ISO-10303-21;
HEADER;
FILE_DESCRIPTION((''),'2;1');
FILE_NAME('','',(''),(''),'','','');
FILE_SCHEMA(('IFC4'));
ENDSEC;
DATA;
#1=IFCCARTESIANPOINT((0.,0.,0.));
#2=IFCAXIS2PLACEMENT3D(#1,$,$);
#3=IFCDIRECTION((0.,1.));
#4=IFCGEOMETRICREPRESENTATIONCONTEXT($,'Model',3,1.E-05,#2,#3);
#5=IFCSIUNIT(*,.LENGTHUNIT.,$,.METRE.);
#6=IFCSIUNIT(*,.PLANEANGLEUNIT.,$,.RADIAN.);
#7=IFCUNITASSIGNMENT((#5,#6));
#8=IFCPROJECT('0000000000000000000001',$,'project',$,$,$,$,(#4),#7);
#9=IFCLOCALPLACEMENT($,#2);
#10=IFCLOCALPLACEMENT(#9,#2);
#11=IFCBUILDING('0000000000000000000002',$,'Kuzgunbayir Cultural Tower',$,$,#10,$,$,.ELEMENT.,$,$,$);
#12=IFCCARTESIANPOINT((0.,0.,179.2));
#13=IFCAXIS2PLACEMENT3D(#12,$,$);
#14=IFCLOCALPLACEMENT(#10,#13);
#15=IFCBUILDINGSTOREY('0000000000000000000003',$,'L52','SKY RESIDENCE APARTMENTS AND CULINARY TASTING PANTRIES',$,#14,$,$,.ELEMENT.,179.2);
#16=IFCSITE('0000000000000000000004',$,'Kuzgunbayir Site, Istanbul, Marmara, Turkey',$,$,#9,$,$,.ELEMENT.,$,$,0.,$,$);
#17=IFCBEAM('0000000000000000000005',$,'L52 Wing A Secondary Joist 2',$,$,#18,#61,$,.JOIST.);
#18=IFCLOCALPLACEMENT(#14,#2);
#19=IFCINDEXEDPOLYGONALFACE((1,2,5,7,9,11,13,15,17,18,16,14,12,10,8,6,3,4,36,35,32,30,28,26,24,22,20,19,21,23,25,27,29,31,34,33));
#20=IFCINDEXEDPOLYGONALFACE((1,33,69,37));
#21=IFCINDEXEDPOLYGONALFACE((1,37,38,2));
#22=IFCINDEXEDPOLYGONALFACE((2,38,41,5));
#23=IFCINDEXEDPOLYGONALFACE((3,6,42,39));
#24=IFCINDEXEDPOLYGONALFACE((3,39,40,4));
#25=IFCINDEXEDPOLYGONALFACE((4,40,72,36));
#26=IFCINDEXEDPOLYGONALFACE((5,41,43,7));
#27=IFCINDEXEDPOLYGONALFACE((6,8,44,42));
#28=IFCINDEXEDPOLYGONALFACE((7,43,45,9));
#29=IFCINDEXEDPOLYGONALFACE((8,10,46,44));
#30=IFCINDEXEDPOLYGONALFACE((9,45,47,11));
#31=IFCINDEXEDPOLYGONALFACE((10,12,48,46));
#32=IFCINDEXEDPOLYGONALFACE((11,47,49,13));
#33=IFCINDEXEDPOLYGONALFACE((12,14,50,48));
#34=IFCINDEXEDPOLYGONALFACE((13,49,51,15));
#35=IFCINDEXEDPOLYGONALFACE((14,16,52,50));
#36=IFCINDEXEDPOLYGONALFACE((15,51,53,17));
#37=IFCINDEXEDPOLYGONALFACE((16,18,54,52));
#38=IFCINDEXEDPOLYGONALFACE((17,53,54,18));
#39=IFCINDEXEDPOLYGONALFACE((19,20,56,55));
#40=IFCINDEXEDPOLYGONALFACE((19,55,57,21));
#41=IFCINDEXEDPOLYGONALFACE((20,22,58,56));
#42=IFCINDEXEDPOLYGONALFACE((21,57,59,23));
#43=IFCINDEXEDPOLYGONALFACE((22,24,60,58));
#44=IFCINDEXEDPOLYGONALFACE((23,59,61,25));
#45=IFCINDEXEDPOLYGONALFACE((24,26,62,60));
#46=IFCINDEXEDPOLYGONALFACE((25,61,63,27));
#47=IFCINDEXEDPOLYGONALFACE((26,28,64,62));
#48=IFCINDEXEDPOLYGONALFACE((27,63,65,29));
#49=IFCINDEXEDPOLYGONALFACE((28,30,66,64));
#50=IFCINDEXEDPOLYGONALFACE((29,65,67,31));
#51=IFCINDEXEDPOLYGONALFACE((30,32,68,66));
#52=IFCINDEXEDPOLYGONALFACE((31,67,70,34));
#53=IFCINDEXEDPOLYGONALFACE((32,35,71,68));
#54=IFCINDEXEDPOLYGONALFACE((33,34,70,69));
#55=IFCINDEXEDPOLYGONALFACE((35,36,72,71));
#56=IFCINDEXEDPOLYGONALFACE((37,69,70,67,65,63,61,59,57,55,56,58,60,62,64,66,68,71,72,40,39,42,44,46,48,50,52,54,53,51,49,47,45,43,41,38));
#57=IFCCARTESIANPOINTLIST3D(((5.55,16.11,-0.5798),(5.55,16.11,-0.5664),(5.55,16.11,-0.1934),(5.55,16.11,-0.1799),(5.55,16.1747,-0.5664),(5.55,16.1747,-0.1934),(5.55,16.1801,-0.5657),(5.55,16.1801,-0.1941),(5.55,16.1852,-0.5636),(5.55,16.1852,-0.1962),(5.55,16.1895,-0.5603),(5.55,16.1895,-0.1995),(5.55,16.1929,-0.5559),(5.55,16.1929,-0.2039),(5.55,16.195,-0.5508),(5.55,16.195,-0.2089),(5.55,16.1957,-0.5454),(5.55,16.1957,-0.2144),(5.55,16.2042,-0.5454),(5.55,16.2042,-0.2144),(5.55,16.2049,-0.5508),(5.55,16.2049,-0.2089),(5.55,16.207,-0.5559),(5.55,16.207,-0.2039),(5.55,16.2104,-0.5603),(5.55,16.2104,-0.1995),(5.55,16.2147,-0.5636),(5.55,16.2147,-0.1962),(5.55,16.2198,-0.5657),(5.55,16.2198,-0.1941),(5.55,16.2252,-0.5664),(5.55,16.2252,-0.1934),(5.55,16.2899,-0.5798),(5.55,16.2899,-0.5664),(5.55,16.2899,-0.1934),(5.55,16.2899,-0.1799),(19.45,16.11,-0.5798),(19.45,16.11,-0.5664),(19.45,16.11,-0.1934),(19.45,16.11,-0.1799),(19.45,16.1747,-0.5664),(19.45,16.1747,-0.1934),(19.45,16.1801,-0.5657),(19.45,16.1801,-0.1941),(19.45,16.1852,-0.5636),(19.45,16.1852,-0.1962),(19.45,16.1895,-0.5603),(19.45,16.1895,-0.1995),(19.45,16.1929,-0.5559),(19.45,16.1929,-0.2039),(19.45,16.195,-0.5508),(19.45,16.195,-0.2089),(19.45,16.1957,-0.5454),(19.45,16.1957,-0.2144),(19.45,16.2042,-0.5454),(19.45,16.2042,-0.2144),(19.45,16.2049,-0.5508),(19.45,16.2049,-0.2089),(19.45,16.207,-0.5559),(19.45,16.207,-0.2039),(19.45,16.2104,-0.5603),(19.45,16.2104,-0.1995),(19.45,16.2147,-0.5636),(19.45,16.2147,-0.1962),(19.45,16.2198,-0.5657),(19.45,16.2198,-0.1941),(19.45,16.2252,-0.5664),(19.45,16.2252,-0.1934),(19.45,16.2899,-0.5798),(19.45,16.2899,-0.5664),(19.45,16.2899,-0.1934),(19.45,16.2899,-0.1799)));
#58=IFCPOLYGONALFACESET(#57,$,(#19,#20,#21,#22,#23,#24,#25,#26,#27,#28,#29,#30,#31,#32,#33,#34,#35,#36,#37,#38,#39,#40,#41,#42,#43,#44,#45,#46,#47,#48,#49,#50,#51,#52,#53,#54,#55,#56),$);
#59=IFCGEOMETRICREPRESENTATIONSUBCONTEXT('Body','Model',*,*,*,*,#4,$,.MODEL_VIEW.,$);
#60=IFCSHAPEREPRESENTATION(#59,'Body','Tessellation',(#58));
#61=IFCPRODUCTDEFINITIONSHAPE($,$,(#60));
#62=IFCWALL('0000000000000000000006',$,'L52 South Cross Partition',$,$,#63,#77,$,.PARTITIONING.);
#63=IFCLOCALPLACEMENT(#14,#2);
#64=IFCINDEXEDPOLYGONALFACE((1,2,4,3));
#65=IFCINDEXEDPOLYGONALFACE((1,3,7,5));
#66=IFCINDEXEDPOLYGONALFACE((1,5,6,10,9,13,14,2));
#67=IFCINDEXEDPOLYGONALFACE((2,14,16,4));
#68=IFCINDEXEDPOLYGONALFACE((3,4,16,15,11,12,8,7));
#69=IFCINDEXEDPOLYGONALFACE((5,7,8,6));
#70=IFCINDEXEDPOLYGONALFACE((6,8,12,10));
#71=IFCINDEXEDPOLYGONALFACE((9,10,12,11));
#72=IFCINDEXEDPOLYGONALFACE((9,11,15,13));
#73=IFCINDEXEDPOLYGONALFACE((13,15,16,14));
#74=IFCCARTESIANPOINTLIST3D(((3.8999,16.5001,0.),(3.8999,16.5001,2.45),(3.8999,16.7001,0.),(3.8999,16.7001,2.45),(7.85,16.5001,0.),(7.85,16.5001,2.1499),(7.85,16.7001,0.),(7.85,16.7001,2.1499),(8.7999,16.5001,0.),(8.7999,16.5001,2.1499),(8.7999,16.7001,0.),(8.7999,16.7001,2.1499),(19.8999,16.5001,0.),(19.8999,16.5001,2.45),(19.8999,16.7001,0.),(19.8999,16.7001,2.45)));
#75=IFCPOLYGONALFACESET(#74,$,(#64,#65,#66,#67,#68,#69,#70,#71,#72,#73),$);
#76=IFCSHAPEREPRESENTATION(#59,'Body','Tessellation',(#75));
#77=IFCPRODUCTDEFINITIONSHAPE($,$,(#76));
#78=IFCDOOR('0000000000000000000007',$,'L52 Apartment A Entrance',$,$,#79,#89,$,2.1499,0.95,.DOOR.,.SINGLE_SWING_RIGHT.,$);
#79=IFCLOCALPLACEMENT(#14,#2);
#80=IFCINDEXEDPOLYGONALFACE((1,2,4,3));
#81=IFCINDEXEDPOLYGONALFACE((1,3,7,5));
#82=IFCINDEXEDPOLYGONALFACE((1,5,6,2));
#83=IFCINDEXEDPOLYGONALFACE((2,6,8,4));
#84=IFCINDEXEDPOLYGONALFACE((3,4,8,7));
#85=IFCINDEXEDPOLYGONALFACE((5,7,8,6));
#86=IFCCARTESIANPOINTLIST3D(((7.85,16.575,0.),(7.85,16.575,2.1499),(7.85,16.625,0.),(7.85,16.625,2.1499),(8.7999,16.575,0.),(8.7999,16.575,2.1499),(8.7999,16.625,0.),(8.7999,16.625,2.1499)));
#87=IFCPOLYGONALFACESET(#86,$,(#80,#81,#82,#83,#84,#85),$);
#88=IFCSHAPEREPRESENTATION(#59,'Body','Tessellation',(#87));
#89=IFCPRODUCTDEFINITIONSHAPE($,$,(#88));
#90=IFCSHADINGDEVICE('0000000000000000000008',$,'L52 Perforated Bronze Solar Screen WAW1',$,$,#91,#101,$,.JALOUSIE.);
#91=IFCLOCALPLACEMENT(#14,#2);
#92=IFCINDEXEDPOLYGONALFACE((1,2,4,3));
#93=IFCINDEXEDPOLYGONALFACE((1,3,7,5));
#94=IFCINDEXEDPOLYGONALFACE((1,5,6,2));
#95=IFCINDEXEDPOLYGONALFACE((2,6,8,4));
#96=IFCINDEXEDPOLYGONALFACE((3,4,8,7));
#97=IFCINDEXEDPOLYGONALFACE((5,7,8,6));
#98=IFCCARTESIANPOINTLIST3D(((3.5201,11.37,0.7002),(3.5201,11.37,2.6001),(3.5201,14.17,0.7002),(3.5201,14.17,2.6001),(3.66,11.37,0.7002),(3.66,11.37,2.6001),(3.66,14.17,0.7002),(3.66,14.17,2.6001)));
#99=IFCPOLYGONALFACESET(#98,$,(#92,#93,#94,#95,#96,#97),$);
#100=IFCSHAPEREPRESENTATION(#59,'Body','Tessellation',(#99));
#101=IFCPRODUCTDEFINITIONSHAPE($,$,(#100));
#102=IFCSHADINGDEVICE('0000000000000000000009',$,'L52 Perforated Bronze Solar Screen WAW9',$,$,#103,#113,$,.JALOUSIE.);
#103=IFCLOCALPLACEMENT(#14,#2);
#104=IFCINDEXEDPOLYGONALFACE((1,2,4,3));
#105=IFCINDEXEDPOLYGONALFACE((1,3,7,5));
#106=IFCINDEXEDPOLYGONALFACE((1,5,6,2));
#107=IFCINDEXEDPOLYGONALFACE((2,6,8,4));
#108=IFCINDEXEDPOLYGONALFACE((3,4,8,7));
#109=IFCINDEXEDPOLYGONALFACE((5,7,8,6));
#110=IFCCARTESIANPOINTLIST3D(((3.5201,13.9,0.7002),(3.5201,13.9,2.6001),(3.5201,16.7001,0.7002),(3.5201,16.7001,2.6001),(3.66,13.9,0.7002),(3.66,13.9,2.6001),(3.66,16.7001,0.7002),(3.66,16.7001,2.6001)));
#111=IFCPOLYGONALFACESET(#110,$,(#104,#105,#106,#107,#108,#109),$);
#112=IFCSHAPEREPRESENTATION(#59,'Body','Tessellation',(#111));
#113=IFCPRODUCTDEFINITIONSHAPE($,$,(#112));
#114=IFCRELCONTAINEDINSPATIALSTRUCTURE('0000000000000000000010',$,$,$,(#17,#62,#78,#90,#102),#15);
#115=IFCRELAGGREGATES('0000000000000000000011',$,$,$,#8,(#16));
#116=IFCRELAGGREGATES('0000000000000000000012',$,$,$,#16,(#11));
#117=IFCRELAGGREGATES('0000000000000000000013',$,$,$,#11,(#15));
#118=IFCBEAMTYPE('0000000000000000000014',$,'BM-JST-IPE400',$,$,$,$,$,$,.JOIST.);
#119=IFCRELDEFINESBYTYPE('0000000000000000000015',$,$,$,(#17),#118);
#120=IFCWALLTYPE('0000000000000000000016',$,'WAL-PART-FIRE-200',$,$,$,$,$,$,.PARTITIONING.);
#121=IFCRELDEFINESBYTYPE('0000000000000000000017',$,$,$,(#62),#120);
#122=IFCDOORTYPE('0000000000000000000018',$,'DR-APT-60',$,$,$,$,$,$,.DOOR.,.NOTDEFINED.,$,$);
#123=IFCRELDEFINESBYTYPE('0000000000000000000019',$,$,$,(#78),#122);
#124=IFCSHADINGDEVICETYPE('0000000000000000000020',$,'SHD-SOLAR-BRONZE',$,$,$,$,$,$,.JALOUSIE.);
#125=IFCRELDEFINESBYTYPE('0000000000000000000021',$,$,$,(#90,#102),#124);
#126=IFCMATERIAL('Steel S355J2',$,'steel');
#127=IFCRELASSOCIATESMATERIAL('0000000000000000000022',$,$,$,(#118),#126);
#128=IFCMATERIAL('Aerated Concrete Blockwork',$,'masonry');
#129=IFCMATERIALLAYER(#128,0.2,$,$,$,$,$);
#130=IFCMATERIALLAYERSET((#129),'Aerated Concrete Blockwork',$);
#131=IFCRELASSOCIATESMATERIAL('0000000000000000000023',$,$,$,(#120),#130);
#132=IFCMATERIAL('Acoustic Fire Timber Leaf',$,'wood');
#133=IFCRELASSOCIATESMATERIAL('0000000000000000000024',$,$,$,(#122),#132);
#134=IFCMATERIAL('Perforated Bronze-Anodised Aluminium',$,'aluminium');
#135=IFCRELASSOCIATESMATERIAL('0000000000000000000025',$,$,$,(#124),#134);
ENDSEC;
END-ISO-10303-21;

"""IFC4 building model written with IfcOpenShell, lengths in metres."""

from ifc_helpers import new_model, si_unit, direction, frame, frame_2d, origin, origin_2d, place, context, subcontext, project, spatial, rectangle, i_section, extrude, material, layer, layer_set, material_profile, profile_set, type_object, element, fill, save


model = new_model("IFC4")

# Units and contexts
model_context = context("Model", 3, precision=1e-05, world=origin(), true_north=direction((0.0, 1.0)))
body_context = subcontext(model_context, "Body", "Model", "MODEL_VIEW")
ifc_project = project(units=[si_unit("LENGTHUNIT", "METRE"), si_unit("PLANEANGLEUNIT", "RADIAN")], contexts=[model_context])

# Site, building, storey
site_placement = place(None, origin())
site = spatial("IfcSite", under=ifc_project, at=site_placement, Name="Kuzgunbayir Site, Istanbul, Marmara, Turkey", CompositionType="ELEMENT", RefElevation=0.0)
building_placement = place(site_placement, origin())
building = spatial("IfcBuilding", under=site, at=building_placement, Name="Kuzgunbayir Cultural Tower", CompositionType="ELEMENT")
storey_placement = place(building_placement, frame((0.0, 0.0, 179.2)))
storey = spatial("IfcBuildingStorey", under=building, at=storey_placement, Name="L52", Description="SKY RESIDENCE APARTMENTS AND CULINARY TASTING PANTRIES", CompositionType="ELEMENT", Elevation=179.2)

# Beam
ifc_material_1 = material(Name="Steel S355J2", Category="steel")
ifc_material_profile_1 = material_profile(ifc_material_1, i_section(OverallWidth=0.1799, OverallDepth=0.3999, WebThickness=0.0085, FlangeThickness=0.0134, FilletRadius=0.021, at=origin_2d()), Name="IPE 400")
ifc_profile_set_1 = profile_set([ifc_material_profile_1], Name="Steel S355J2")
beam_type_1 = type_object("IfcBeamType", Name="BM-JST-IPE400", PredefinedType="JOIST", material=ifc_profile_set_1)
for number, where, z_axis, x_axis, name in (
    (1, (5.55, 16.2, -0.3799), (1.0, 0.0, 0.0), (0.0, 1.0, 0.0), "L52 Wing A Secondary Joist 2"),
):
    element("IfcBeam", number, at=place(storey_placement, frame(where, z_axis=z_axis, x_axis=x_axis)), inside=storey, type_object=beam_type_1, Name=name, PredefinedType="JOIST", context=body_context, shape_type="SweptSolid", body=[
        extrude(i_section(OverallWidth=0.1799, OverallDepth=0.3999, WebThickness=0.0085, FlangeThickness=0.0134, FilletRadius=0.021, at=origin_2d()), origin(), (0.0, 0.0, 1.0), 13.8999),
    ])

# Shared definitions
ifc_material_2 = material(Name="Aerated Concrete Blockwork", Category="masonry")
ifc_layer = layer(ifc_material_2, 0.2)
ifc_layer_set = layer_set([ifc_layer], Name="Aerated Concrete Blockwork")
wall_type = type_object("IfcWallType", Name="WAL-PART-FIRE-200", PredefinedType="PARTITIONING", material=ifc_layer_set)

# Wall, opening, door
wall_1_placement = place(storey_placement, frame((3.8999, 16.6001, 0.0), z_axis=(0.0, 0.0, 1.0), x_axis=(1.0, 0.0, 0.0)))
wall_1 = element("IfcWall", 2, at=wall_1_placement, inside=storey, type_object=wall_type, Name="L52 South Cross Partition", PredefinedType="PARTITIONING", context=body_context, shape_type="SweptSolid", body=[
    extrude(rectangle(XDim=16.0, YDim=0.2, at=frame_2d((8.0, 0.0))), origin(), (0.0, 0.0, 1.0), 2.45),
])
opening_1_placement = place(wall_1_placement, frame((3.95, 0.0, 0.0)))
opening_1 = element("IfcOpeningElement", 3, at=opening_1_placement, cuts=wall_1, PredefinedType="OPENING", context=body_context, shape_type="SweptSolid", body=[
    extrude(rectangle(XDim=0.95, YDim=2.1499, at=frame_2d((0.4751, 1.075))), frame((0.0, 0.1099, 0.0), z_axis=(0.0, -1.0, 0.0), x_axis=(1.0, 0.0, 0.0)), (0.0, 0.0, 1.0), 0.22),
])
ifc_material_3 = material(Name="Acoustic Fire Timber Leaf", Category="wood")
door_type_1 = type_object("IfcDoorType", Name="DR-APT-60", OperationType="NOTDEFINED", PredefinedType="DOOR", material=ifc_material_3)
door_1_placement = place(opening_1_placement, origin())
door_1 = element("IfcDoor", 4, at=door_1_placement, inside=storey, type_object=door_type_1, Name="L52 Apartment A Entrance", OperationType="SINGLE_SWING_RIGHT", OverallHeight=2.1499, OverallWidth=0.95, PredefinedType="DOOR", context=body_context, shape_type="SweptSolid", body=[
    extrude(rectangle(XDim=0.95, YDim=2.1499, at=frame_2d((0.4751, 1.075))), frame((0.0, 0.0249, 0.0), z_axis=(0.0, -1.0, 0.0), x_axis=(1.0, 0.0, 0.0)), (0.0, 0.0, 1.0), 0.05),
])
fill(opening_1, door_1)

# Shading devices
ifc_material_4 = material(Name="Perforated Bronze-Anodised Aluminium", Category="aluminium")
shading_device_type = type_object("IfcShadingDeviceType", Name="SHD-SOLAR-BRONZE", PredefinedType="JALOUSIE", material=ifc_material_4)
for number, where, z_axis, x_axis, name in (
    (5, (3.5901, 12.77, 0.7002), (0.0, 0.0, 1.0), (1.0, 0.0, 0.0), "L52 Perforated Bronze Solar Screen WAW1"),
    (6, (3.5901, 15.3, 0.7002), (0.0, 0.0, 1.0), (1.0, 0.0, 0.0), "L52 Perforated Bronze Solar Screen WAW9"),
):
    element("IfcShadingDevice", number, at=place(storey_placement, frame(where, z_axis=z_axis, x_axis=x_axis)), inside=storey, type_object=shading_device_type, Name=name, PredefinedType="JALOUSIE", context=body_context, shape_type="SweptSolid", body=[
        extrude(rectangle(XDim=0.1399, YDim=2.8, at=origin_2d()), origin(), (0.0, 0.0, 1.0), 1.8999),
    ])

save(model, "model.ifc")
